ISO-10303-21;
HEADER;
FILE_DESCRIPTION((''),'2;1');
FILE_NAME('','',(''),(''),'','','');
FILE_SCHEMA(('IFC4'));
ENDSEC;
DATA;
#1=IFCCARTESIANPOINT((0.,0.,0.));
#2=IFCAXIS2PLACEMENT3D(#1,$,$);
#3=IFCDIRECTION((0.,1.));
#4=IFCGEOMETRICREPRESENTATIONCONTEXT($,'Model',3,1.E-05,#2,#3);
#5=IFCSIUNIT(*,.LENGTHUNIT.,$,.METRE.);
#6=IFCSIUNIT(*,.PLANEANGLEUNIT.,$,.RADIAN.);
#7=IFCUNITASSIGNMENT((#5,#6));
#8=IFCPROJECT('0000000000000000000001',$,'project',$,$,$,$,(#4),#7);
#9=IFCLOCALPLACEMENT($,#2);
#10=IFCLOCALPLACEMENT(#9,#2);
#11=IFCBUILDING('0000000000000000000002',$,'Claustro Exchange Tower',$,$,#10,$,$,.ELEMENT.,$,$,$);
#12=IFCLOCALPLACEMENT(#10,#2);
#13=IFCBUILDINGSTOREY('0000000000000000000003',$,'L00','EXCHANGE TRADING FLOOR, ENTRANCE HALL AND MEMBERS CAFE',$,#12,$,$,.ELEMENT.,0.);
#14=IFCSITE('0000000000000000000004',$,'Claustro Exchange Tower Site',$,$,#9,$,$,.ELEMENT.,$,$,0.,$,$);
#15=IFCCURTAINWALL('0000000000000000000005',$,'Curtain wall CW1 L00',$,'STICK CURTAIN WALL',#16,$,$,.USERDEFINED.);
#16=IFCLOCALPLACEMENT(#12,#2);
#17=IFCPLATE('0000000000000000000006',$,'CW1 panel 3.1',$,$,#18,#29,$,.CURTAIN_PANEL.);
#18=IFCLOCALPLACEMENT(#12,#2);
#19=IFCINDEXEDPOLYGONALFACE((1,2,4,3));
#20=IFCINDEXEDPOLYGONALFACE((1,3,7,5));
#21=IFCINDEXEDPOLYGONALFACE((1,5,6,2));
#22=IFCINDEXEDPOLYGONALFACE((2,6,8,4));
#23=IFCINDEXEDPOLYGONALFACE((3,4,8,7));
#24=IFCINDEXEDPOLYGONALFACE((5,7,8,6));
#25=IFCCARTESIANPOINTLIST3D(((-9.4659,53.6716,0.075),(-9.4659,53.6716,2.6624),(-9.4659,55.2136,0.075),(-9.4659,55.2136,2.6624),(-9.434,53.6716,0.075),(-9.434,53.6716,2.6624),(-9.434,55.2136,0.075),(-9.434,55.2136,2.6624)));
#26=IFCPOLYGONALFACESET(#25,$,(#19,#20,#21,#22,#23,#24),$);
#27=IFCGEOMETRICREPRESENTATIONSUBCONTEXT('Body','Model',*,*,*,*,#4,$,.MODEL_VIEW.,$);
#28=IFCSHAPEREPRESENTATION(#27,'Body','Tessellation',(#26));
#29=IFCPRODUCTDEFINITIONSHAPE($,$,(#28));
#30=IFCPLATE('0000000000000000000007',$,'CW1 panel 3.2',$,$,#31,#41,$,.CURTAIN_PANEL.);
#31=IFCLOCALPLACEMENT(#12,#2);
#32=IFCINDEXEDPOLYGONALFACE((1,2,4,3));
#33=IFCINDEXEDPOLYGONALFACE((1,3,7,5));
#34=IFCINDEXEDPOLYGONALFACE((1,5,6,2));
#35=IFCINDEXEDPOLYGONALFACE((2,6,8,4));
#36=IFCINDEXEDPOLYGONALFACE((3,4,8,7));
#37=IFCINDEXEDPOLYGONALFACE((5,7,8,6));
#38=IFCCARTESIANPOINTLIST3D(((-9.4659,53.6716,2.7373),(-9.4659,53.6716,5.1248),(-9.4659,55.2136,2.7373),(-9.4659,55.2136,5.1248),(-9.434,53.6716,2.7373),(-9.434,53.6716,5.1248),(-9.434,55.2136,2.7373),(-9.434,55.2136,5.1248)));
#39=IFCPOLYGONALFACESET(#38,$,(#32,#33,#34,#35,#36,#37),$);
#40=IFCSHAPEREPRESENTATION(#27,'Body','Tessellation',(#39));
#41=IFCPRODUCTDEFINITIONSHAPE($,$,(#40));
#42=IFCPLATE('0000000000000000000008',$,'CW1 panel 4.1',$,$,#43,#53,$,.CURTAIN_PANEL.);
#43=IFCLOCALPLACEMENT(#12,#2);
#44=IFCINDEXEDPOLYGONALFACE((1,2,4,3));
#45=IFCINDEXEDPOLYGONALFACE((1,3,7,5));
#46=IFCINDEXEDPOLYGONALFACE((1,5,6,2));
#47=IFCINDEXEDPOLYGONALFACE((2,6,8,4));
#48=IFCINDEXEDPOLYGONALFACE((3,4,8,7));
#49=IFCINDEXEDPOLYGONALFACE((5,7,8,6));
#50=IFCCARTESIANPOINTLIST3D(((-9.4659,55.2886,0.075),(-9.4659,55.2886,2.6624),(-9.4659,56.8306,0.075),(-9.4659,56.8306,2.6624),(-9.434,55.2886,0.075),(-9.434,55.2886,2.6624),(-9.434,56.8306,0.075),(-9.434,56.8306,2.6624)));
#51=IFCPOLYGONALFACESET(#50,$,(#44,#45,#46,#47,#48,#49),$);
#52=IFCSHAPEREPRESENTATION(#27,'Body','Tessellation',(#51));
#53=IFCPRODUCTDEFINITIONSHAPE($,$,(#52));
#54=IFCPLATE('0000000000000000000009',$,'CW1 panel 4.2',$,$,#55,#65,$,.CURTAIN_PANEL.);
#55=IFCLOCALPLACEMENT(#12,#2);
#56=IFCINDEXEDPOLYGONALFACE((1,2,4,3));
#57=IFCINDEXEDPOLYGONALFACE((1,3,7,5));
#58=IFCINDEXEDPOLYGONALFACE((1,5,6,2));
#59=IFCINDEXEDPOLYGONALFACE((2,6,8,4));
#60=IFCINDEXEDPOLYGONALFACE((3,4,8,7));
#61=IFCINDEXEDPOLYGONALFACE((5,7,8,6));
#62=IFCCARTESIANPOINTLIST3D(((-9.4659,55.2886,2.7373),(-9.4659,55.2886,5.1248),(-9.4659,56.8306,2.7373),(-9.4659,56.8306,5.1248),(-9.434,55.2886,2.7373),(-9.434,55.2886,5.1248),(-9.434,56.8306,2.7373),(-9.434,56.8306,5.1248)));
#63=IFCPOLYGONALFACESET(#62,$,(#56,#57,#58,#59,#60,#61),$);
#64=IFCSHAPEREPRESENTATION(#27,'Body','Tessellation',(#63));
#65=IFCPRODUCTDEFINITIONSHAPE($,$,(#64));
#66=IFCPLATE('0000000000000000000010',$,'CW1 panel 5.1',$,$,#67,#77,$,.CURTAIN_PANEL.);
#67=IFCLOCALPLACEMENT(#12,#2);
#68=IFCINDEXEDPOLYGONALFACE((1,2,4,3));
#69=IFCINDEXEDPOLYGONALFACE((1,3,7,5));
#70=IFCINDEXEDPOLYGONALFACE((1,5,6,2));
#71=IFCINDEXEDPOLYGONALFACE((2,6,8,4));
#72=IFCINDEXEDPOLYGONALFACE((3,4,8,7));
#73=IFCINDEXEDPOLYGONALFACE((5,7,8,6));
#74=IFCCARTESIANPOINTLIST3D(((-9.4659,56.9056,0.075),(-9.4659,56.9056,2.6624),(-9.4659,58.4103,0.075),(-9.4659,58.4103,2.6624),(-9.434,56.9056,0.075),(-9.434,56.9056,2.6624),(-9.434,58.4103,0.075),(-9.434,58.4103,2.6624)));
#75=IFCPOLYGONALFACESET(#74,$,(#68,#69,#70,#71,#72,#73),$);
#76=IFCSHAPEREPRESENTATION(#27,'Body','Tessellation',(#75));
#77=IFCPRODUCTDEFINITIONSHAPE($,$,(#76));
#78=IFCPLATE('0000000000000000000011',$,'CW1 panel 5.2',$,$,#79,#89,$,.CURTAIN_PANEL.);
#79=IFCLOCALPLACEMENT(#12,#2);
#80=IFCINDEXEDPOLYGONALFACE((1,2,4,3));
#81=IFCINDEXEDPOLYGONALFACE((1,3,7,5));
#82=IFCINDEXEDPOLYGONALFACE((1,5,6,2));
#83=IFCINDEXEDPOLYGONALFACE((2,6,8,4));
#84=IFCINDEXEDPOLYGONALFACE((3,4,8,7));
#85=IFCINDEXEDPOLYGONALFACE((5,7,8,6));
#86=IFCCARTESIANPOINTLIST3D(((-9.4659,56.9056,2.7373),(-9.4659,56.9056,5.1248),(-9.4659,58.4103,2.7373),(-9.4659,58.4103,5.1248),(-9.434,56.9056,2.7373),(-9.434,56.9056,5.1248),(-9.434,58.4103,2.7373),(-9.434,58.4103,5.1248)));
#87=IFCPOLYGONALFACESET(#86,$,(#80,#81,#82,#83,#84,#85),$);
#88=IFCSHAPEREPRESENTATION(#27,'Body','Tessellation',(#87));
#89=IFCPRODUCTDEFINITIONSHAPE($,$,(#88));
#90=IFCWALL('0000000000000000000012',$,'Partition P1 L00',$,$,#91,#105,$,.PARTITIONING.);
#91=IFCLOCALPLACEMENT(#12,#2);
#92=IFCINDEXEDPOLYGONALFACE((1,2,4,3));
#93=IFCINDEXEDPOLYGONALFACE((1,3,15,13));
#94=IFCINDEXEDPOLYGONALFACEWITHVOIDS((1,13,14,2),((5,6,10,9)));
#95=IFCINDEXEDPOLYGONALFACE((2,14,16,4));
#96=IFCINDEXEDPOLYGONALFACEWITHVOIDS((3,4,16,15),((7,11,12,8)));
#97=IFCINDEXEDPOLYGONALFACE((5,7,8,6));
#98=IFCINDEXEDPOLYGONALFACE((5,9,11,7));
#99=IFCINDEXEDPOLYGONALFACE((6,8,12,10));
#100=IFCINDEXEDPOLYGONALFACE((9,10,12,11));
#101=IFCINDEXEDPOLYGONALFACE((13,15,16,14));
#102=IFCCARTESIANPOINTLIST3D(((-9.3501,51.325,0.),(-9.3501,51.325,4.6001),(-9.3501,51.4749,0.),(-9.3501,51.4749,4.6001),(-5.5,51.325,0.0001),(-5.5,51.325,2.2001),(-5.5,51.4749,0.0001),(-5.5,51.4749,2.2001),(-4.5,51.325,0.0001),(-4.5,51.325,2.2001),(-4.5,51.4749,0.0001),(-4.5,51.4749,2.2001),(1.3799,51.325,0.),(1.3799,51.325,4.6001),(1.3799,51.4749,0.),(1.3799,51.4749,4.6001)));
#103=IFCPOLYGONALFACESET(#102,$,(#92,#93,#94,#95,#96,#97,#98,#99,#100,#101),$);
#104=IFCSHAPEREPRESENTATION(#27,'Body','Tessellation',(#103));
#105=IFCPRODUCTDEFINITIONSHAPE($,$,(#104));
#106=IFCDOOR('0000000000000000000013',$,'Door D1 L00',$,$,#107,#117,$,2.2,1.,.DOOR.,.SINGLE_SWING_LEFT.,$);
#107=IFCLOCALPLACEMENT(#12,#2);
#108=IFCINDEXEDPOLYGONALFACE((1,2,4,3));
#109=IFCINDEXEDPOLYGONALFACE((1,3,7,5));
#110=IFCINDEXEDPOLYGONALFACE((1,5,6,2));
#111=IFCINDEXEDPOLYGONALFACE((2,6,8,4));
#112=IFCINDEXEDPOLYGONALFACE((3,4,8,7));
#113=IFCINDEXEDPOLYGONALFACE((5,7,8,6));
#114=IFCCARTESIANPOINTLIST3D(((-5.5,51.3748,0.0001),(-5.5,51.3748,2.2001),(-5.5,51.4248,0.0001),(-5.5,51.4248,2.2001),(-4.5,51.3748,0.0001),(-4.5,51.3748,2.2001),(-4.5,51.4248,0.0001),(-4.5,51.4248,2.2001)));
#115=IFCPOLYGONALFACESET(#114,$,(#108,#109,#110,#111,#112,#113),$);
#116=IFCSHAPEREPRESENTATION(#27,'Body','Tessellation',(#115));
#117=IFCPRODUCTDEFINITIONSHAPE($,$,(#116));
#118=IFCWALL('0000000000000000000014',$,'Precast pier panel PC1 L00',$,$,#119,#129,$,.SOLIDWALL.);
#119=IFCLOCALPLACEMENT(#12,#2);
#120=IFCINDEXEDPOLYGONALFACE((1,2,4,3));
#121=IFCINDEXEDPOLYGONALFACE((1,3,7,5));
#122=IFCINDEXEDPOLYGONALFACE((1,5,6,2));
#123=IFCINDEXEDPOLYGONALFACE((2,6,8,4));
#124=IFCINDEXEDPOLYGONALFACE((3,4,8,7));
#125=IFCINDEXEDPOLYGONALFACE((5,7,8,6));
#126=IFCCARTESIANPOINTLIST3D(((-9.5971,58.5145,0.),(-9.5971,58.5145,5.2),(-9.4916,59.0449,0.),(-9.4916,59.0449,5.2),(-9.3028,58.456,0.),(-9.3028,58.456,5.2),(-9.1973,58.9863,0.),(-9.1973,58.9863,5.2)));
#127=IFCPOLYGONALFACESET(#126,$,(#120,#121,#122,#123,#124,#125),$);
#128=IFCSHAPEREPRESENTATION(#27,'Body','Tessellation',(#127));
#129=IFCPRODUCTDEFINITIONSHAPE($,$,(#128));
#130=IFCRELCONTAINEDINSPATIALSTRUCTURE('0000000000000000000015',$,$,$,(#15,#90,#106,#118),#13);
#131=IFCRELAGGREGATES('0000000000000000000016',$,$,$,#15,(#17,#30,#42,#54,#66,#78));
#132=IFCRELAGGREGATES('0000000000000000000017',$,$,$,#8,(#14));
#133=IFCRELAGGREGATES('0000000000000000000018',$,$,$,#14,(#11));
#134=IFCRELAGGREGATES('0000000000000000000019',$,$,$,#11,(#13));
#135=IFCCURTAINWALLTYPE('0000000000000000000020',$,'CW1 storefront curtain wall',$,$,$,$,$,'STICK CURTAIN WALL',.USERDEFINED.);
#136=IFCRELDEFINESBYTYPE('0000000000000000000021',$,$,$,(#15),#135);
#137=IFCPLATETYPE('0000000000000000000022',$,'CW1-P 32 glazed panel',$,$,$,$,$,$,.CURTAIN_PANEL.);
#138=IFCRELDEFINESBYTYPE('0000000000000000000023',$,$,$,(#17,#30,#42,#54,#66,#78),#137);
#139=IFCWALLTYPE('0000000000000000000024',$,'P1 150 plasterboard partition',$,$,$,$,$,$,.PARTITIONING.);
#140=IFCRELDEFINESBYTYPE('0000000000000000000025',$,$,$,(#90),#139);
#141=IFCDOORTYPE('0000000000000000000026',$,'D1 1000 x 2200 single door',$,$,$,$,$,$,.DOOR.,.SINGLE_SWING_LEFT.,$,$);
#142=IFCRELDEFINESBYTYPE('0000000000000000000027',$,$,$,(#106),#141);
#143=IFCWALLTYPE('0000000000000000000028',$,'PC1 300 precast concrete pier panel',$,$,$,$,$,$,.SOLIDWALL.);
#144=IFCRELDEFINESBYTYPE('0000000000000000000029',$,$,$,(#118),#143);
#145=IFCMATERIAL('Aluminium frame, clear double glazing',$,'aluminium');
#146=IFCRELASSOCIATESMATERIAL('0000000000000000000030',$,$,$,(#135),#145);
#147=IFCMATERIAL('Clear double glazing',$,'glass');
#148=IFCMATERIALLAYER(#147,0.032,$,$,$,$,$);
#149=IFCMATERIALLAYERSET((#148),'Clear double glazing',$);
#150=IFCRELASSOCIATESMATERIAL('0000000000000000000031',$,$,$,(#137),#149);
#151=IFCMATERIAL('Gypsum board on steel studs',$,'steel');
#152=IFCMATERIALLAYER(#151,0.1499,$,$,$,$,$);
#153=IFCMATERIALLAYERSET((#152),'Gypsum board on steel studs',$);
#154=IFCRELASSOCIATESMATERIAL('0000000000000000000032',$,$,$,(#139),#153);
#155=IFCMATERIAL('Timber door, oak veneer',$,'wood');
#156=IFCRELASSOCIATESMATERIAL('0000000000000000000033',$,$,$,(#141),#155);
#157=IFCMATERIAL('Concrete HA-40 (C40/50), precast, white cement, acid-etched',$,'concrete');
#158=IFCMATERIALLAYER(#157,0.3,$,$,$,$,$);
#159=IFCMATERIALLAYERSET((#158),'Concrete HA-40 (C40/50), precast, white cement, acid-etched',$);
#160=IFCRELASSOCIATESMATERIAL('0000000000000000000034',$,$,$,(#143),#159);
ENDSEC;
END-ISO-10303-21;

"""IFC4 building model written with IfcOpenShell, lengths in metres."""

from ifc_helpers import new_model, si_unit, direction, frame, frame_2d, origin, origin_2d, place, context, subcontext, project, spatial, rectangle, extrude, material, layer, layer_set, type_object, element, fill, aggregate, save


model = new_model("IFC4")

# Units and contexts
model_context = context("Model", 3, precision=1e-05, world=origin(), true_north=direction((0.0, 1.0)))
body_context = subcontext(model_context, "Body", "Model", "MODEL_VIEW")
ifc_project = project(units=[si_unit("LENGTHUNIT", "METRE"), si_unit("PLANEANGLEUNIT", "RADIAN")], contexts=[model_context])

# Site, building, storey
site_placement = place(None, origin())
site = spatial("IfcSite", under=ifc_project, at=site_placement, Name="Claustro Exchange Tower Site", CompositionType="ELEMENT", RefElevation=0.0)
building_placement = place(site_placement, origin())
building = spatial("IfcBuilding", under=site, at=building_placement, Name="Claustro Exchange Tower", CompositionType="ELEMENT")
storey_placement = place(building_placement, origin())
storey = spatial("IfcBuildingStorey", under=building, at=storey_placement, Name="L00", Description="EXCHANGE TRADING FLOOR, ENTRANCE HALL AND MEMBERS CAFE", CompositionType="ELEMENT", Elevation=0.0)

# Curtain wall, plates
ifc_material_1 = material(Name="Aluminium frame, clear double glazing", Category="aluminium")
curtain_wall_type = type_object("IfcCurtainWallType", Name="CW1 storefront curtain wall", ElementType="STICK CURTAIN WALL", PredefinedType="USERDEFINED", material=ifc_material_1)
curtain_wall_placement = place(storey_placement, origin())
curtain_wall = element("IfcCurtainWall", 1, at=curtain_wall_placement, inside=storey, type_object=curtain_wall_type, Name="Curtain wall CW1 L00", ObjectType="STICK CURTAIN WALL", PredefinedType="USERDEFINED")
ifc_material_2 = material(Name="Clear double glazing", Category="glass")
ifc_layer_1 = layer(ifc_material_2, 0.032)
ifc_layer_set_1 = layer_set([ifc_layer_1], Name="Clear double glazing")
plate_type = type_object("IfcPlateType", Name="CW1-P 32 glazed panel", PredefinedType="CURTAIN_PANEL", material=ifc_layer_set_1)
plate_1_placement = place(storey_placement, frame((-9.45, 54.4426, 0.075), z_axis=(0.0, 0.0, 1.0), x_axis=(0.0, 1.0, 0.0)))
plate_1 = element("IfcPlate", 2, at=plate_1_placement, type_object=plate_type, Name="CW1 panel 3.1", PredefinedType="CURTAIN_PANEL", context=body_context, shape_type="SweptSolid", body=[
    extrude(rectangle(XDim=1.542, YDim=0.032, at=origin_2d()), origin(), (0.0, 0.0, 1.0), 2.5874),
])
plate_2_placement = place(storey_placement, frame((-9.45, 54.4426, 2.7373), z_axis=(0.0, 0.0, 1.0), x_axis=(0.0, 1.0, 0.0)))
plate_2 = element("IfcPlate", 3, at=plate_2_placement, type_object=plate_type, Name="CW1 panel 3.2", PredefinedType="CURTAIN_PANEL", context=body_context, shape_type="SweptSolid", body=[
    extrude(rectangle(XDim=1.542, YDim=0.032, at=origin_2d()), origin(), (0.0, 0.0, 1.0), 2.3875),
])
plate_3_placement = place(storey_placement, frame((-9.45, 56.0596, 0.075), z_axis=(0.0, 0.0, 1.0), x_axis=(0.0, 1.0, 0.0)))
plate_3 = element("IfcPlate", 4, at=plate_3_placement, type_object=plate_type, Name="CW1 panel 4.1", PredefinedType="CURTAIN_PANEL", context=body_context, shape_type="SweptSolid", body=[
    extrude(rectangle(XDim=1.542, YDim=0.032, at=origin_2d()), origin(), (0.0, 0.0, 1.0), 2.5874),
])
plate_4_placement = place(storey_placement, frame((-9.45, 56.0596, 2.7373), z_axis=(0.0, 0.0, 1.0), x_axis=(0.0, 1.0, 0.0)))
plate_4 = element("IfcPlate", 5, at=plate_4_placement, type_object=plate_type, Name="CW1 panel 4.2", PredefinedType="CURTAIN_PANEL", context=body_context, shape_type="SweptSolid", body=[
    extrude(rectangle(XDim=1.542, YDim=0.032, at=origin_2d()), origin(), (0.0, 0.0, 1.0), 2.3875),
])
plate_5_placement = place(storey_placement, frame((-9.45, 57.658, 0.075), z_axis=(0.0, 0.0, 1.0), x_axis=(0.0, 1.0, 0.0)))
plate_5 = element("IfcPlate", 6, at=plate_5_placement, type_object=plate_type, Name="CW1 panel 5.1", PredefinedType="CURTAIN_PANEL", context=body_context, shape_type="SweptSolid", body=[
    extrude(rectangle(XDim=1.5046, YDim=0.032, at=origin_2d()), origin(), (0.0, 0.0, 1.0), 2.5874),
])
plate_6_placement = place(storey_placement, frame((-9.45, 57.658, 2.7373), z_axis=(0.0, 0.0, 1.0), x_axis=(0.0, 1.0, 0.0)))
plate_6 = element("IfcPlate", 7, at=plate_6_placement, type_object=plate_type, Name="CW1 panel 5.2", PredefinedType="CURTAIN_PANEL", context=body_context, shape_type="SweptSolid", body=[
    extrude(rectangle(XDim=1.5046, YDim=0.032, at=origin_2d()), origin(), (0.0, 0.0, 1.0), 2.3875),
])
aggregate(curtain_wall, [plate_1, plate_2, plate_3, plate_4, plate_5, plate_6])

# Wall, opening, door
ifc_material_3 = material(Name="Gypsum board on steel studs", Category="steel")
ifc_layer_2 = layer(ifc_material_3, 0.1499)
ifc_layer_set_2 = layer_set([ifc_layer_2], Name="Gypsum board on steel studs")
wall_type_1 = type_object("IfcWallType", Name="P1 150 plasterboard partition", PredefinedType="PARTITIONING", material=ifc_layer_set_2)
wall_1_placement = place(storey_placement, frame((-9.3501, 51.3999, 0.0), z_axis=(0.0, 0.0, 1.0), x_axis=(1.0, 0.0, 0.0)))
wall_1 = element("IfcWall", 8, at=wall_1_placement, inside=storey, type_object=wall_type_1, Name="Partition P1 L00", PredefinedType="PARTITIONING", context=body_context, shape_type="SweptSolid", body=[
    extrude(rectangle(XDim=10.73, YDim=0.1499, at=frame_2d((5.365, 0.0))), origin(), (0.0, 0.0, 1.0), 4.6001),
])
opening_placement = place(wall_1_placement, frame((3.8501, 0.0, 0.0)))
opening = element("IfcOpeningElement", 9, at=opening_placement, cuts=wall_1, PredefinedType="OPENING", context=body_context, shape_type="SweptSolid", body=[
    extrude(rectangle(XDim=1.0, YDim=2.2, at=frame_2d((0.5, 1.1001))), frame((0.0, 0.085, 0.0), z_axis=(0.0, -1.0, 0.0), x_axis=(1.0, 0.0, 0.0)), (0.0, 0.0, 1.0), 0.1699),
])
ifc_material_4 = material(Name="Timber door, oak veneer", Category="wood")
door_type = type_object("IfcDoorType", Name="D1 1000 x 2200 single door", OperationType="SINGLE_SWING_LEFT", PredefinedType="DOOR", material=ifc_material_4)
door_placement = place(opening_placement, origin())
door = element("IfcDoor", 10, at=door_placement, inside=storey, type_object=door_type, Name="Door D1 L00", OperationType="SINGLE_SWING_LEFT", OverallHeight=2.2, OverallWidth=1.0, PredefinedType="DOOR", context=body_context, shape_type="SweptSolid", body=[
    extrude(rectangle(XDim=1.0, YDim=2.2, at=frame_2d((0.5, 1.1001))), frame((0.0, 0.0249, 0.0), z_axis=(0.0, -1.0, 0.0), x_axis=(1.0, 0.0, 0.0)), (0.0, 0.0, 1.0), 0.05),
])
fill(opening, door)

# Wall
ifc_material_5 = material(Name="Concrete HA-40 (C40/50), precast, white cement, acid-etched", Category="concrete")
ifc_layer_3 = layer(ifc_material_5, 0.3)
ifc_layer_set_3 = layer_set([ifc_layer_3], Name="Concrete HA-40 (C40/50), precast, white cement, acid-etched")
wall_type_2 = type_object("IfcWallType", Name="PC1 300 precast concrete pier panel", PredefinedType="SOLIDWALL", material=ifc_layer_set_3)
wall_2_placement = place(storey_placement, frame((-9.45, 58.4851, 0.0), z_axis=(0.0, 0.0, 1.0), x_axis=(0.195074, 0.980789, 0.0)))
element("IfcWall", 11, at=wall_2_placement, inside=storey, type_object=wall_type_2, Name="Precast pier panel PC1 L00", PredefinedType="SOLIDWALL", context=body_context, shape_type="SweptSolid", body=[
    extrude(rectangle(XDim=0.5408, YDim=0.3, at=frame_2d((0.2705, 0.0))), origin(), (0.0, 0.0, 1.0), 5.2),
])

save(model, "model.ifc")
